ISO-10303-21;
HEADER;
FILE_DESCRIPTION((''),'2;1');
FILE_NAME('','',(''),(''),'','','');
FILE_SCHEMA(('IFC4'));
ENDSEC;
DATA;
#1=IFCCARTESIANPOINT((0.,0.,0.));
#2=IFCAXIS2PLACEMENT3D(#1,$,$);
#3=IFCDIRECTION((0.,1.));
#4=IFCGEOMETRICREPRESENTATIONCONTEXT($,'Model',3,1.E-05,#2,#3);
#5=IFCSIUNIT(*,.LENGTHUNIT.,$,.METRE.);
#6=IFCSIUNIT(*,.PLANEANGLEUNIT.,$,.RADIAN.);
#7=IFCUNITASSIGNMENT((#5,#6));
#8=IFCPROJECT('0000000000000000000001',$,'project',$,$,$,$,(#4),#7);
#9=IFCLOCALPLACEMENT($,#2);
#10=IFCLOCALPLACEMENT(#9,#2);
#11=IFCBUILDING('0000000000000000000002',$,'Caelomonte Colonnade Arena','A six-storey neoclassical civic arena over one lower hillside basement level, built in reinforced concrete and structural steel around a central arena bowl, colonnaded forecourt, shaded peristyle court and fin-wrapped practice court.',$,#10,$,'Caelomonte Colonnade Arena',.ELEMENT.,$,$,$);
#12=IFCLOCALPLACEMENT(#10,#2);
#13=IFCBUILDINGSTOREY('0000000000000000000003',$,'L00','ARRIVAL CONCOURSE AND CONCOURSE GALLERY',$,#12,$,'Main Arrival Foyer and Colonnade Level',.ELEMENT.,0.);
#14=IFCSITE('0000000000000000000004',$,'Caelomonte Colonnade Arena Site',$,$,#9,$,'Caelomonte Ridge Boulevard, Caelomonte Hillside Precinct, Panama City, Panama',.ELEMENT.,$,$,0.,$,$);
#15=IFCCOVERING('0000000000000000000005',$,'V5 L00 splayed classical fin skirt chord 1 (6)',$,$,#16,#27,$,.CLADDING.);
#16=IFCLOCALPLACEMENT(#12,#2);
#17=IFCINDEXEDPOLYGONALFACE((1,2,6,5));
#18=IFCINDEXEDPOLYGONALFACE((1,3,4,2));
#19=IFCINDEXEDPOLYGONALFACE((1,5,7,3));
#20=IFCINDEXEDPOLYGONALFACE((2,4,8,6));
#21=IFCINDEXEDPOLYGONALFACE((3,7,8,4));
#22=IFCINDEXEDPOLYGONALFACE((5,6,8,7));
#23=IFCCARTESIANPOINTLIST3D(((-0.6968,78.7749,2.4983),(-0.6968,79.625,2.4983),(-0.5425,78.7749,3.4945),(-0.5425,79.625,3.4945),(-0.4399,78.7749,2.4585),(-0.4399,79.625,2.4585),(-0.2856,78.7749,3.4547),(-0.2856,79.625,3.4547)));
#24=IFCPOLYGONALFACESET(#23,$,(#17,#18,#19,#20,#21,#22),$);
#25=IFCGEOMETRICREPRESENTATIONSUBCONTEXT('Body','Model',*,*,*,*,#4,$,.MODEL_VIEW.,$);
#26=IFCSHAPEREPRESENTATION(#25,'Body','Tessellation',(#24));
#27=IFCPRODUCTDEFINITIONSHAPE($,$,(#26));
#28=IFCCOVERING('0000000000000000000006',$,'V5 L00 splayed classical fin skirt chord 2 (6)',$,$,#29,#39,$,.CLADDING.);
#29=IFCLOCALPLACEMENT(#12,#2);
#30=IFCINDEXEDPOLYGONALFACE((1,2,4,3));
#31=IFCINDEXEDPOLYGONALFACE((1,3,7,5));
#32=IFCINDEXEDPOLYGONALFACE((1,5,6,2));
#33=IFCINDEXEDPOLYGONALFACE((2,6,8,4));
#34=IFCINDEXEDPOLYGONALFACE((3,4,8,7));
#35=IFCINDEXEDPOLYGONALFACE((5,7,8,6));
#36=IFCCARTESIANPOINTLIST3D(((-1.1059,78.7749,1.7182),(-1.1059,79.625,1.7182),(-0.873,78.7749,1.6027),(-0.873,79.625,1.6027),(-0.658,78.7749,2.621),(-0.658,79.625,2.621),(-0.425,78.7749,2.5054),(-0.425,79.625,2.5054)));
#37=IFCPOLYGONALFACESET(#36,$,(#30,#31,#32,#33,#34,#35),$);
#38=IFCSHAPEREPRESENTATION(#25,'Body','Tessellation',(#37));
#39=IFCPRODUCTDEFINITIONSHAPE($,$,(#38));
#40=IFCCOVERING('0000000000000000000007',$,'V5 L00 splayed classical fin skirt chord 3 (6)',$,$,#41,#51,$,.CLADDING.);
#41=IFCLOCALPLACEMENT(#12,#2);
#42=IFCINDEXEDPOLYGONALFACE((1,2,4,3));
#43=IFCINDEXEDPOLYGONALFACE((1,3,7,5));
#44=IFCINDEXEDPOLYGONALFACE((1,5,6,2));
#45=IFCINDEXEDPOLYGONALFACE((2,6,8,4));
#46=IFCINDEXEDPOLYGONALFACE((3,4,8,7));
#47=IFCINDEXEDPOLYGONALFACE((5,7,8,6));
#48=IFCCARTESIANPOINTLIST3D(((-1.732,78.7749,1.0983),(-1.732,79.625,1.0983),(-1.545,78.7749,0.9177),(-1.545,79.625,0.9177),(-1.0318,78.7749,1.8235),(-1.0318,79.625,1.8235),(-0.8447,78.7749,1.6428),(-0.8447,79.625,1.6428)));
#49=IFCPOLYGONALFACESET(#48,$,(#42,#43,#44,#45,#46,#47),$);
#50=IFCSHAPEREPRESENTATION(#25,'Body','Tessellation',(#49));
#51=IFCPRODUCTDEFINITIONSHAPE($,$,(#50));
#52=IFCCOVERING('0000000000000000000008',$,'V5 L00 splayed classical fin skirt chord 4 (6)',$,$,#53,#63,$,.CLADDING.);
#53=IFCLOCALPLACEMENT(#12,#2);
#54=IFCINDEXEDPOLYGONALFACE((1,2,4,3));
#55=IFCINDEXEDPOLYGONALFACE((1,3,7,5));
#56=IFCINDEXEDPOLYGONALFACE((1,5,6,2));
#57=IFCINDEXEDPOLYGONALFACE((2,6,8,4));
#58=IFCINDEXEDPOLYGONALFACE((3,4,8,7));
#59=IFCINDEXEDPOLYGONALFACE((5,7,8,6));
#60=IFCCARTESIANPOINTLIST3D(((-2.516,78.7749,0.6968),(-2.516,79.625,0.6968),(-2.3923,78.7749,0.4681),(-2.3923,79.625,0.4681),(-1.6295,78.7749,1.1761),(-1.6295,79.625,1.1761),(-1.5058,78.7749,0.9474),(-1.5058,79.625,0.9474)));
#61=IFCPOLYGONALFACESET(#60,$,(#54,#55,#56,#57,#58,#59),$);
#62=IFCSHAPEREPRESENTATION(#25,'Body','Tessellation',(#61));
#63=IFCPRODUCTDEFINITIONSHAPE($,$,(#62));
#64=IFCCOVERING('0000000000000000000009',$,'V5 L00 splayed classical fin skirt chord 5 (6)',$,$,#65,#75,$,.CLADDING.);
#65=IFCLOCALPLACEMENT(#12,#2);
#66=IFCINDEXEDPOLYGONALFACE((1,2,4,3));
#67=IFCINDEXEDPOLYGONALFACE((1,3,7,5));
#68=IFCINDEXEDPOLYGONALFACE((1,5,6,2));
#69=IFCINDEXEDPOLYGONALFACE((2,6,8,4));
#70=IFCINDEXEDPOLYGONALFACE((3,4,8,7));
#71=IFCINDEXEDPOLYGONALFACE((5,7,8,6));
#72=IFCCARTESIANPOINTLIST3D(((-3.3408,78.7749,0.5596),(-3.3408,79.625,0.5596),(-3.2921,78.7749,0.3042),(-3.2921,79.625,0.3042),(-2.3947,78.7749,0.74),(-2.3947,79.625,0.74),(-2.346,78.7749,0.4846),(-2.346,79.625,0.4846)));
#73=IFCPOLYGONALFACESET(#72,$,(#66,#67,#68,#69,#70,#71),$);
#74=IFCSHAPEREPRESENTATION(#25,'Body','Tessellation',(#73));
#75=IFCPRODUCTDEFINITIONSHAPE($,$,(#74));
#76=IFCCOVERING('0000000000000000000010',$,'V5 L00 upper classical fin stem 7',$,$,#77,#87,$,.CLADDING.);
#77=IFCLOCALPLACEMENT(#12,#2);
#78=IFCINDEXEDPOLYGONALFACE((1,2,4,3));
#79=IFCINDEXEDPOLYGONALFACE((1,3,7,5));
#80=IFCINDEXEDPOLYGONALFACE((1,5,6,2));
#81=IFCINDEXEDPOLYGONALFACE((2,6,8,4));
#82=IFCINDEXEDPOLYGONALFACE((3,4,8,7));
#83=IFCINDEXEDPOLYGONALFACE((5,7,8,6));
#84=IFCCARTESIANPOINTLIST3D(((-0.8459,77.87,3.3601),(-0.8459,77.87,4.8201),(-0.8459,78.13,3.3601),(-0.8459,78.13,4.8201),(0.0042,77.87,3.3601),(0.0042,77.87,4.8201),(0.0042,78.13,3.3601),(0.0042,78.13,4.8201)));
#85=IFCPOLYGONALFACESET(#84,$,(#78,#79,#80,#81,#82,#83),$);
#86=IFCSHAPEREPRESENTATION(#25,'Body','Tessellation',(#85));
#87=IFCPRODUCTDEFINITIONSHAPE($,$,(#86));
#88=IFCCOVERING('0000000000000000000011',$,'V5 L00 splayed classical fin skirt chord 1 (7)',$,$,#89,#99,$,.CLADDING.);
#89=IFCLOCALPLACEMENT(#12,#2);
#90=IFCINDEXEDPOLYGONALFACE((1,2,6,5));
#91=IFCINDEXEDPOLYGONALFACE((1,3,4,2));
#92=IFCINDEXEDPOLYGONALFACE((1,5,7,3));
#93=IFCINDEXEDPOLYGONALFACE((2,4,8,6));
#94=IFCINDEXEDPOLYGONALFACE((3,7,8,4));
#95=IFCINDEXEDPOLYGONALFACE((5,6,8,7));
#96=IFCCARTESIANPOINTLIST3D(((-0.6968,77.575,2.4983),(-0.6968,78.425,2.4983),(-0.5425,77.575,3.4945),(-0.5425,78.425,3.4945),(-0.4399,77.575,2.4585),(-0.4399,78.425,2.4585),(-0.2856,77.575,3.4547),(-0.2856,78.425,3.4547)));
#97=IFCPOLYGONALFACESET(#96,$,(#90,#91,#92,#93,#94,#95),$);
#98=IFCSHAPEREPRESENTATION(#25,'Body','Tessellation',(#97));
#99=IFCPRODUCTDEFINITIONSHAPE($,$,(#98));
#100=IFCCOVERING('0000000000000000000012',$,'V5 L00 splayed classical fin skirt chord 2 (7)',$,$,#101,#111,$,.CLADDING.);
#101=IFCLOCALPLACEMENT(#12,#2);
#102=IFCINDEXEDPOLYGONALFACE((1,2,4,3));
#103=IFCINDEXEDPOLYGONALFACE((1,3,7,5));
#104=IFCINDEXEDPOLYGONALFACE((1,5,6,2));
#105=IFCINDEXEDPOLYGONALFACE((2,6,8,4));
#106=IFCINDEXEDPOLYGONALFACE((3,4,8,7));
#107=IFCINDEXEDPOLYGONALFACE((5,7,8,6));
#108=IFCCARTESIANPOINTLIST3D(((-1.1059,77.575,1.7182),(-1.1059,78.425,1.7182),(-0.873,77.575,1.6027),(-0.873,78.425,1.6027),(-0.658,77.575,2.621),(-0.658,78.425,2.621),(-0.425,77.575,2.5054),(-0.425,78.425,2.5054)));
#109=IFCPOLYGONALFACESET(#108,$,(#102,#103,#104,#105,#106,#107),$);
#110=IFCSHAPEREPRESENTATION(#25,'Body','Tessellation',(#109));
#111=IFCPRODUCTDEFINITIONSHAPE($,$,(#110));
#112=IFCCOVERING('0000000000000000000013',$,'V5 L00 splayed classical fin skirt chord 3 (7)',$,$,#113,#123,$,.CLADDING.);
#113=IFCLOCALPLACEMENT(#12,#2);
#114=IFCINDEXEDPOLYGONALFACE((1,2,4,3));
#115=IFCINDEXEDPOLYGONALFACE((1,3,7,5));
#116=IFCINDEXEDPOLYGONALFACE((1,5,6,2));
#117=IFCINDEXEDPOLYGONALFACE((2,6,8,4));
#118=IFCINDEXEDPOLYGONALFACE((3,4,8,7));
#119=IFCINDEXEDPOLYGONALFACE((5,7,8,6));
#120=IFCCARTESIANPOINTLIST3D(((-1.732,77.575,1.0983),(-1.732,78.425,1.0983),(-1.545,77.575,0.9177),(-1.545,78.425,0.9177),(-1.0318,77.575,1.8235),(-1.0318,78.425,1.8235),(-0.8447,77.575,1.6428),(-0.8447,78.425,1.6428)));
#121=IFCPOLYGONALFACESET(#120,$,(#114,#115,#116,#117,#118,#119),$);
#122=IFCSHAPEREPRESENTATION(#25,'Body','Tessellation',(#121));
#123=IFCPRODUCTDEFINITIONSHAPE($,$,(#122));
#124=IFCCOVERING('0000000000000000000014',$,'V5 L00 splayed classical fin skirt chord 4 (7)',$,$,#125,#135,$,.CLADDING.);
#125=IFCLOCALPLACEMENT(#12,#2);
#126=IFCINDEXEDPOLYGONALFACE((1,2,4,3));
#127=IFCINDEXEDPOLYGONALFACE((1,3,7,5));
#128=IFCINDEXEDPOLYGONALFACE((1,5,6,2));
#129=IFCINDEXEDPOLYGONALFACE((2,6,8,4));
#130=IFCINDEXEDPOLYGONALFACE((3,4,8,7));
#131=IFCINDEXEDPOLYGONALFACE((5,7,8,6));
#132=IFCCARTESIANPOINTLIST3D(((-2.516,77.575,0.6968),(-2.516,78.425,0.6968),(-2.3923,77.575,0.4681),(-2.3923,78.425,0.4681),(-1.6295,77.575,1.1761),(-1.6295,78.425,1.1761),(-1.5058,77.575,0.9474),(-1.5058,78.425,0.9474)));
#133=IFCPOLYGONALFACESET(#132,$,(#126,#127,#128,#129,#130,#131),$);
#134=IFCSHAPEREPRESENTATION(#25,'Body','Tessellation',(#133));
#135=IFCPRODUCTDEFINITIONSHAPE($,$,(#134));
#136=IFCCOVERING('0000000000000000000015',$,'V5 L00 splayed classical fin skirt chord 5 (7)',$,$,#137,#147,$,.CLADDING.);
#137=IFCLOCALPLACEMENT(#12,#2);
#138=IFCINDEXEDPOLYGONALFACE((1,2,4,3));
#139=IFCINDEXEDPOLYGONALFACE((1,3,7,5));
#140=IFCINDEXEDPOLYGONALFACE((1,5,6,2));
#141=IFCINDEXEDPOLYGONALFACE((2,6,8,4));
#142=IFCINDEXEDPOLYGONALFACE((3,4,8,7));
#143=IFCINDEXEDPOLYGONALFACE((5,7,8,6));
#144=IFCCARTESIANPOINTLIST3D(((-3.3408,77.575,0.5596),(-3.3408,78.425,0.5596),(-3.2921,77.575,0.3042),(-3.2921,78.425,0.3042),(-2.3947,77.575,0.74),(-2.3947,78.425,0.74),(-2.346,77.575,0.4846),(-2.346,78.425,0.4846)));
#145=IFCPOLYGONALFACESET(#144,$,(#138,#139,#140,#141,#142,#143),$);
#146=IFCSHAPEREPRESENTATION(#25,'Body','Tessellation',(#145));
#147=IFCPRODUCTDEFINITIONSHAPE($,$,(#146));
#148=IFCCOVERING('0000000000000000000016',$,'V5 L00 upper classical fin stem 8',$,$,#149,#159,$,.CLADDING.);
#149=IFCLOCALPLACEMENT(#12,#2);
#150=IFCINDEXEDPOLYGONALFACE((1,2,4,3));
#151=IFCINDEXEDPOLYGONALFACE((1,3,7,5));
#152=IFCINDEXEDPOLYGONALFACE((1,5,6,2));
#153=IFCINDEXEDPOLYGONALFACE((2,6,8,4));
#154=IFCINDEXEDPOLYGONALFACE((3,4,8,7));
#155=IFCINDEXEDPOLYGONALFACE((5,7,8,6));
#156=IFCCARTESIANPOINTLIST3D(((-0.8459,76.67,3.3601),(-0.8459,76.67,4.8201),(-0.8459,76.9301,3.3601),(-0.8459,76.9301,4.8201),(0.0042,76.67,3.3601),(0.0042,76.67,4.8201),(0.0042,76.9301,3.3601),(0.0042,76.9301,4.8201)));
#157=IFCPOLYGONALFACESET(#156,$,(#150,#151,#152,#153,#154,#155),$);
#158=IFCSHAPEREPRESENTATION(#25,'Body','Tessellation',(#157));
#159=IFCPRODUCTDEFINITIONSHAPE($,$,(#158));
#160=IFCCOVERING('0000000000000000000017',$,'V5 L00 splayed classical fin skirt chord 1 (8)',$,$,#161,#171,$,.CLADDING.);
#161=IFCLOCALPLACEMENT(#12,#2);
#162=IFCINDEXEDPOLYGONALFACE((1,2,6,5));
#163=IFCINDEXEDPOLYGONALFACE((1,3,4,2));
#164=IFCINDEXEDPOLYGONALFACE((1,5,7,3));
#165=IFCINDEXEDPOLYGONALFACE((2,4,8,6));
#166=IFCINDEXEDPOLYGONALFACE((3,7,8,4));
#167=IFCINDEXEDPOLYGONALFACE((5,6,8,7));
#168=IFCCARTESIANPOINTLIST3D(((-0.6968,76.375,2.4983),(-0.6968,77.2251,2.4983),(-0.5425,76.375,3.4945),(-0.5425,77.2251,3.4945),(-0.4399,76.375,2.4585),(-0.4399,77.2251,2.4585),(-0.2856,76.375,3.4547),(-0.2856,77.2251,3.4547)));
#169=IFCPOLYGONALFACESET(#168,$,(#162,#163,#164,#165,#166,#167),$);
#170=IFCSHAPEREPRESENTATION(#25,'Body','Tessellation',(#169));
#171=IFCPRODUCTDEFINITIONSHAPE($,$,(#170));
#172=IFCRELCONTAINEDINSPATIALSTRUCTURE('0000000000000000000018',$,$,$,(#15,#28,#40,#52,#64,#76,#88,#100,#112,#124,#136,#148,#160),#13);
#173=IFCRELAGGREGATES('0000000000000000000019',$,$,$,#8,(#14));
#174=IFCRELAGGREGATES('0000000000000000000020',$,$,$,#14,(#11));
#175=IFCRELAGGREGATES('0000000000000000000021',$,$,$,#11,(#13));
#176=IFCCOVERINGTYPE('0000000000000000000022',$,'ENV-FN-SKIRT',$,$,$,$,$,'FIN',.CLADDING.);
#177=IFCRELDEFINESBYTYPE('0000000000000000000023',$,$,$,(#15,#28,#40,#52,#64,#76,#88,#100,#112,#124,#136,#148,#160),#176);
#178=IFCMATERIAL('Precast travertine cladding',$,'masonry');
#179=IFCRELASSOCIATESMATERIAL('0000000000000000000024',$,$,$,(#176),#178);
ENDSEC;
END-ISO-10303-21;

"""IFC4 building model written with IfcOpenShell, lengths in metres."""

from ifc_helpers import new_model, si_unit, direction, frame, origin, origin_2d, place, context, subcontext, project, spatial, rectangle, extrude, material, material_profile, profile_set, type_object, element, save


model = new_model("IFC4")

# Units and contexts
model_context = context("Model", 3, precision=1e-05, world=origin(), true_north=direction((0.0, 1.0)))
body_context = subcontext(model_context, "Body", "Model", "MODEL_VIEW")
ifc_project = project(units=[si_unit("LENGTHUNIT", "METRE"), si_unit("PLANEANGLEUNIT", "RADIAN")], contexts=[model_context])

# Site, building, storey
site_placement = place(None, origin())
site = spatial("IfcSite", under=ifc_project, at=site_placement, Name="Caelomonte Colonnade Arena Site", LongName="Caelomonte Ridge Boulevard, Caelomonte Hillside Precinct, Panama City, Panama", CompositionType="ELEMENT", RefElevation=0.0)
building_placement = place(site_placement, origin())
building = spatial("IfcBuilding", under=site, at=building_placement, Name="Caelomonte Colonnade Arena", Description="A six-storey neoclassical civic arena over one lower hillside basement level, built in reinforced concrete and structural steel around a central arena bowl, colonnaded forecourt, shaded peristyle court and fin-wrapped practice court.", LongName="Caelomonte Colonnade Arena", CompositionType="ELEMENT")
storey_placement = place(building_placement, origin())
storey = spatial("IfcBuildingStorey", under=building, at=storey_placement, Name="L00", Description="ARRIVAL CONCOURSE AND CONCOURSE GALLERY", LongName="Main Arrival Foyer and Colonnade Level", CompositionType="ELEMENT", Elevation=0.0)

# Coverings
ifc_material_1 = material(Name="Precast travertine cladding", Category="masonry")
ifc_material_profile_1 = material_profile(ifc_material_1, rectangle(XDim=0.26, YDim=0.8501, at=origin_2d()), Name="FIN260X850")
ifc_profile_set_1 = profile_set([ifc_material_profile_1], Name="Precast travertine cladding")
covering_type = type_object("IfcCoveringType", Name="ENV-FN-SKIRT", ElementType="FIN", PredefinedType="CLADDING", material=ifc_profile_set_1)
covering_1_placement = place(storey_placement, frame((-0.4141, 79.2, 3.4746), z_axis=(-0.153076, 0.0, -0.988214), x_axis=(-0.988214, 0.0, 0.153076)))
element("IfcCovering", 1, at=covering_1_placement, inside=storey, type_object=covering_type, Name="V5 L00 splayed classical fin skirt chord 1 (6)", PredefinedType="CLADDING", context=body_context, shape_type="SweptSolid", body=[
    extrude(rectangle(XDim=0.26, YDim=0.8501, at=origin_2d()), origin(), (0.0, 0.0, 1.0), 1.0081),
])
covering_2_placement = place(storey_placement, frame((-0.5415, 79.2, 2.5632), z_axis=(-0.444499, 0.0, -0.89578), x_axis=(-0.89578, 0.0, 0.444499)))
element("IfcCovering", 2, at=covering_2_placement, inside=storey, type_object=covering_type, Name="V5 L00 splayed classical fin skirt chord 2 (6)", PredefinedType="CLADDING", context=body_context, shape_type="SweptSolid", body=[
    extrude(rectangle(XDim=0.26, YDim=0.8501, at=origin_2d()), origin(), (0.0, 0.0, 1.0), 1.0078),
])
covering_3_placement = place(storey_placement, frame((-0.9382, 79.2, 1.7332), z_axis=(-0.694646, 0.0, -0.719351), x_axis=(-0.719351, 0.0, 0.694646)))
element("IfcCovering", 3, at=covering_3_placement, inside=storey, type_object=covering_type, Name="V5 L00 splayed classical fin skirt chord 3 (6)", PredefinedType="CLADDING", context=body_context, shape_type="SweptSolid", body=[
    extrude(rectangle(XDim=0.26, YDim=0.8501, at=origin_2d()), origin(), (0.0, 0.0, 1.0), 1.0081),
])
covering_4_placement = place(storey_placement, frame((-1.5676, 79.2, 1.0618), z_axis=(-0.879676, 0.0, -0.475573), x_axis=(-0.475573, 0.0, 0.879676)))
element("IfcCovering", 4, at=covering_4_placement, inside=storey, type_object=covering_type, Name="V5 L00 splayed classical fin skirt chord 4 (6)", PredefinedType="CLADDING", context=body_context, shape_type="SweptSolid", body=[
    extrude(rectangle(XDim=0.26, YDim=0.8501, at=origin_2d()), origin(), (0.0, 0.0, 1.0), 1.0078),
])
covering_5_placement = place(storey_placement, frame((-2.3704, 79.2, 0.6123), z_axis=(-0.982296, 0.0, -0.187333), x_axis=(-0.187333, 0.0, 0.982296)))
element("IfcCovering", 5, at=covering_5_placement, inside=storey, type_object=covering_type, Name="V5 L00 splayed classical fin skirt chord 5 (6)", PredefinedType="CLADDING", context=body_context, shape_type="SweptSolid", body=[
    extrude(rectangle(XDim=0.26, YDim=0.8501, at=origin_2d()), origin(), (0.0, 0.0, 1.0), 0.9631),
])
covering_6_placement = place(storey_placement, frame((-0.4209, 78.0, 3.3601), z_axis=(0.0, 0.0, 1.0), x_axis=(0.0, 1.0, 0.0)))
element("IfcCovering", 6, at=covering_6_placement, inside=storey, type_object=covering_type, Name="V5 L00 upper classical fin stem 7", PredefinedType="CLADDING", context=body_context, shape_type="SweptSolid", body=[
    extrude(rectangle(XDim=0.26, YDim=0.8501, at=origin_2d()), origin(), (0.0, 0.0, 1.0), 1.46),
])
covering_7_placement = place(storey_placement, frame((-0.4141, 78.0, 3.4746), z_axis=(-0.153076, 0.0, -0.988214), x_axis=(-0.988214, 0.0, 0.153076)))
element("IfcCovering", 7, at=covering_7_placement, inside=storey, type_object=covering_type, Name="V5 L00 splayed classical fin skirt chord 1 (7)", PredefinedType="CLADDING", context=body_context, shape_type="SweptSolid", body=[
    extrude(rectangle(XDim=0.26, YDim=0.8501, at=origin_2d()), origin(), (0.0, 0.0, 1.0), 1.0081),
])
covering_8_placement = place(storey_placement, frame((-0.5415, 78.0, 2.5632), z_axis=(-0.444499, 0.0, -0.89578), x_axis=(-0.89578, 0.0, 0.444499)))
element("IfcCovering", 8, at=covering_8_placement, inside=storey, type_object=covering_type, Name="V5 L00 splayed classical fin skirt chord 2 (7)", PredefinedType="CLADDING", context=body_context, shape_type="SweptSolid", body=[
    extrude(rectangle(XDim=0.26, YDim=0.8501, at=origin_2d()), origin(), (0.0, 0.0, 1.0), 1.0078),
])
covering_9_placement = place(storey_placement, frame((-0.9382, 78.0, 1.7332), z_axis=(-0.694646, 0.0, -0.719351), x_axis=(-0.719351, 0.0, 0.694646)))
element("IfcCovering", 9, at=covering_9_placement, inside=storey, type_object=covering_type, Name="V5 L00 splayed classical fin skirt chord 3 (7)", PredefinedType="CLADDING", context=body_context, shape_type="SweptSolid", body=[
    extrude(rectangle(XDim=0.26, YDim=0.8501, at=origin_2d()), origin(), (0.0, 0.0, 1.0), 1.0081),
])
covering_10_placement = place(storey_placement, frame((-1.5676, 78.0, 1.0618), z_axis=(-0.879676, 0.0, -0.475573), x_axis=(-0.475573, 0.0, 0.879676)))
element("IfcCovering", 10, at=covering_10_placement, inside=storey, type_object=covering_type, Name="V5 L00 splayed classical fin skirt chord 4 (7)", PredefinedType="CLADDING", context=body_context, shape_type="SweptSolid", body=[
    extrude(rectangle(XDim=0.26, YDim=0.8501, at=origin_2d()), origin(), (0.0, 0.0, 1.0), 1.0078),
])
covering_11_placement = place(storey_placement, frame((-2.3704, 78.0, 0.6123), z_axis=(-0.982296, 0.0, -0.187333), x_axis=(-0.187333, 0.0, 0.982296)))
element("IfcCovering", 11, at=covering_11_placement, inside=storey, type_object=covering_type, Name="V5 L00 splayed classical fin skirt chord 5 (7)", PredefinedType="CLADDING", context=body_context, shape_type="SweptSolid", body=[
    extrude(rectangle(XDim=0.26, YDim=0.8501, at=origin_2d()), origin(), (0.0, 0.0, 1.0), 0.9631),
])
covering_12_placement = place(storey_placement, frame((-0.4209, 76.8, 3.3601), z_axis=(0.0, 0.0, 1.0), x_axis=(0.0, 1.0, 0.0)))
element("IfcCovering", 12, at=covering_12_placement, inside=storey, type_object=covering_type, Name="V5 L00 upper classical fin stem 8", PredefinedType="CLADDING", context=body_context, shape_type="SweptSolid", body=[
    extrude(rectangle(XDim=0.26, YDim=0.8501, at=origin_2d()), origin(), (0.0, 0.0, 1.0), 1.46),
])
covering_13_placement = place(storey_placement, frame((-0.4141, 76.8, 3.4746), z_axis=(-0.153076, 0.0, -0.988214), x_axis=(-0.988214, 0.0, 0.153076)))
element("IfcCovering", 13, at=covering_13_placement, inside=storey, type_object=covering_type, Name="V5 L00 splayed classical fin skirt chord 1 (8)", PredefinedType="CLADDING", context=body_context, shape_type="SweptSolid", body=[
    extrude(rectangle(XDim=0.26, YDim=0.8501, at=origin_2d()), origin(), (0.0, 0.0, 1.0), 1.0081),
])

save(model, "model.ifc")
